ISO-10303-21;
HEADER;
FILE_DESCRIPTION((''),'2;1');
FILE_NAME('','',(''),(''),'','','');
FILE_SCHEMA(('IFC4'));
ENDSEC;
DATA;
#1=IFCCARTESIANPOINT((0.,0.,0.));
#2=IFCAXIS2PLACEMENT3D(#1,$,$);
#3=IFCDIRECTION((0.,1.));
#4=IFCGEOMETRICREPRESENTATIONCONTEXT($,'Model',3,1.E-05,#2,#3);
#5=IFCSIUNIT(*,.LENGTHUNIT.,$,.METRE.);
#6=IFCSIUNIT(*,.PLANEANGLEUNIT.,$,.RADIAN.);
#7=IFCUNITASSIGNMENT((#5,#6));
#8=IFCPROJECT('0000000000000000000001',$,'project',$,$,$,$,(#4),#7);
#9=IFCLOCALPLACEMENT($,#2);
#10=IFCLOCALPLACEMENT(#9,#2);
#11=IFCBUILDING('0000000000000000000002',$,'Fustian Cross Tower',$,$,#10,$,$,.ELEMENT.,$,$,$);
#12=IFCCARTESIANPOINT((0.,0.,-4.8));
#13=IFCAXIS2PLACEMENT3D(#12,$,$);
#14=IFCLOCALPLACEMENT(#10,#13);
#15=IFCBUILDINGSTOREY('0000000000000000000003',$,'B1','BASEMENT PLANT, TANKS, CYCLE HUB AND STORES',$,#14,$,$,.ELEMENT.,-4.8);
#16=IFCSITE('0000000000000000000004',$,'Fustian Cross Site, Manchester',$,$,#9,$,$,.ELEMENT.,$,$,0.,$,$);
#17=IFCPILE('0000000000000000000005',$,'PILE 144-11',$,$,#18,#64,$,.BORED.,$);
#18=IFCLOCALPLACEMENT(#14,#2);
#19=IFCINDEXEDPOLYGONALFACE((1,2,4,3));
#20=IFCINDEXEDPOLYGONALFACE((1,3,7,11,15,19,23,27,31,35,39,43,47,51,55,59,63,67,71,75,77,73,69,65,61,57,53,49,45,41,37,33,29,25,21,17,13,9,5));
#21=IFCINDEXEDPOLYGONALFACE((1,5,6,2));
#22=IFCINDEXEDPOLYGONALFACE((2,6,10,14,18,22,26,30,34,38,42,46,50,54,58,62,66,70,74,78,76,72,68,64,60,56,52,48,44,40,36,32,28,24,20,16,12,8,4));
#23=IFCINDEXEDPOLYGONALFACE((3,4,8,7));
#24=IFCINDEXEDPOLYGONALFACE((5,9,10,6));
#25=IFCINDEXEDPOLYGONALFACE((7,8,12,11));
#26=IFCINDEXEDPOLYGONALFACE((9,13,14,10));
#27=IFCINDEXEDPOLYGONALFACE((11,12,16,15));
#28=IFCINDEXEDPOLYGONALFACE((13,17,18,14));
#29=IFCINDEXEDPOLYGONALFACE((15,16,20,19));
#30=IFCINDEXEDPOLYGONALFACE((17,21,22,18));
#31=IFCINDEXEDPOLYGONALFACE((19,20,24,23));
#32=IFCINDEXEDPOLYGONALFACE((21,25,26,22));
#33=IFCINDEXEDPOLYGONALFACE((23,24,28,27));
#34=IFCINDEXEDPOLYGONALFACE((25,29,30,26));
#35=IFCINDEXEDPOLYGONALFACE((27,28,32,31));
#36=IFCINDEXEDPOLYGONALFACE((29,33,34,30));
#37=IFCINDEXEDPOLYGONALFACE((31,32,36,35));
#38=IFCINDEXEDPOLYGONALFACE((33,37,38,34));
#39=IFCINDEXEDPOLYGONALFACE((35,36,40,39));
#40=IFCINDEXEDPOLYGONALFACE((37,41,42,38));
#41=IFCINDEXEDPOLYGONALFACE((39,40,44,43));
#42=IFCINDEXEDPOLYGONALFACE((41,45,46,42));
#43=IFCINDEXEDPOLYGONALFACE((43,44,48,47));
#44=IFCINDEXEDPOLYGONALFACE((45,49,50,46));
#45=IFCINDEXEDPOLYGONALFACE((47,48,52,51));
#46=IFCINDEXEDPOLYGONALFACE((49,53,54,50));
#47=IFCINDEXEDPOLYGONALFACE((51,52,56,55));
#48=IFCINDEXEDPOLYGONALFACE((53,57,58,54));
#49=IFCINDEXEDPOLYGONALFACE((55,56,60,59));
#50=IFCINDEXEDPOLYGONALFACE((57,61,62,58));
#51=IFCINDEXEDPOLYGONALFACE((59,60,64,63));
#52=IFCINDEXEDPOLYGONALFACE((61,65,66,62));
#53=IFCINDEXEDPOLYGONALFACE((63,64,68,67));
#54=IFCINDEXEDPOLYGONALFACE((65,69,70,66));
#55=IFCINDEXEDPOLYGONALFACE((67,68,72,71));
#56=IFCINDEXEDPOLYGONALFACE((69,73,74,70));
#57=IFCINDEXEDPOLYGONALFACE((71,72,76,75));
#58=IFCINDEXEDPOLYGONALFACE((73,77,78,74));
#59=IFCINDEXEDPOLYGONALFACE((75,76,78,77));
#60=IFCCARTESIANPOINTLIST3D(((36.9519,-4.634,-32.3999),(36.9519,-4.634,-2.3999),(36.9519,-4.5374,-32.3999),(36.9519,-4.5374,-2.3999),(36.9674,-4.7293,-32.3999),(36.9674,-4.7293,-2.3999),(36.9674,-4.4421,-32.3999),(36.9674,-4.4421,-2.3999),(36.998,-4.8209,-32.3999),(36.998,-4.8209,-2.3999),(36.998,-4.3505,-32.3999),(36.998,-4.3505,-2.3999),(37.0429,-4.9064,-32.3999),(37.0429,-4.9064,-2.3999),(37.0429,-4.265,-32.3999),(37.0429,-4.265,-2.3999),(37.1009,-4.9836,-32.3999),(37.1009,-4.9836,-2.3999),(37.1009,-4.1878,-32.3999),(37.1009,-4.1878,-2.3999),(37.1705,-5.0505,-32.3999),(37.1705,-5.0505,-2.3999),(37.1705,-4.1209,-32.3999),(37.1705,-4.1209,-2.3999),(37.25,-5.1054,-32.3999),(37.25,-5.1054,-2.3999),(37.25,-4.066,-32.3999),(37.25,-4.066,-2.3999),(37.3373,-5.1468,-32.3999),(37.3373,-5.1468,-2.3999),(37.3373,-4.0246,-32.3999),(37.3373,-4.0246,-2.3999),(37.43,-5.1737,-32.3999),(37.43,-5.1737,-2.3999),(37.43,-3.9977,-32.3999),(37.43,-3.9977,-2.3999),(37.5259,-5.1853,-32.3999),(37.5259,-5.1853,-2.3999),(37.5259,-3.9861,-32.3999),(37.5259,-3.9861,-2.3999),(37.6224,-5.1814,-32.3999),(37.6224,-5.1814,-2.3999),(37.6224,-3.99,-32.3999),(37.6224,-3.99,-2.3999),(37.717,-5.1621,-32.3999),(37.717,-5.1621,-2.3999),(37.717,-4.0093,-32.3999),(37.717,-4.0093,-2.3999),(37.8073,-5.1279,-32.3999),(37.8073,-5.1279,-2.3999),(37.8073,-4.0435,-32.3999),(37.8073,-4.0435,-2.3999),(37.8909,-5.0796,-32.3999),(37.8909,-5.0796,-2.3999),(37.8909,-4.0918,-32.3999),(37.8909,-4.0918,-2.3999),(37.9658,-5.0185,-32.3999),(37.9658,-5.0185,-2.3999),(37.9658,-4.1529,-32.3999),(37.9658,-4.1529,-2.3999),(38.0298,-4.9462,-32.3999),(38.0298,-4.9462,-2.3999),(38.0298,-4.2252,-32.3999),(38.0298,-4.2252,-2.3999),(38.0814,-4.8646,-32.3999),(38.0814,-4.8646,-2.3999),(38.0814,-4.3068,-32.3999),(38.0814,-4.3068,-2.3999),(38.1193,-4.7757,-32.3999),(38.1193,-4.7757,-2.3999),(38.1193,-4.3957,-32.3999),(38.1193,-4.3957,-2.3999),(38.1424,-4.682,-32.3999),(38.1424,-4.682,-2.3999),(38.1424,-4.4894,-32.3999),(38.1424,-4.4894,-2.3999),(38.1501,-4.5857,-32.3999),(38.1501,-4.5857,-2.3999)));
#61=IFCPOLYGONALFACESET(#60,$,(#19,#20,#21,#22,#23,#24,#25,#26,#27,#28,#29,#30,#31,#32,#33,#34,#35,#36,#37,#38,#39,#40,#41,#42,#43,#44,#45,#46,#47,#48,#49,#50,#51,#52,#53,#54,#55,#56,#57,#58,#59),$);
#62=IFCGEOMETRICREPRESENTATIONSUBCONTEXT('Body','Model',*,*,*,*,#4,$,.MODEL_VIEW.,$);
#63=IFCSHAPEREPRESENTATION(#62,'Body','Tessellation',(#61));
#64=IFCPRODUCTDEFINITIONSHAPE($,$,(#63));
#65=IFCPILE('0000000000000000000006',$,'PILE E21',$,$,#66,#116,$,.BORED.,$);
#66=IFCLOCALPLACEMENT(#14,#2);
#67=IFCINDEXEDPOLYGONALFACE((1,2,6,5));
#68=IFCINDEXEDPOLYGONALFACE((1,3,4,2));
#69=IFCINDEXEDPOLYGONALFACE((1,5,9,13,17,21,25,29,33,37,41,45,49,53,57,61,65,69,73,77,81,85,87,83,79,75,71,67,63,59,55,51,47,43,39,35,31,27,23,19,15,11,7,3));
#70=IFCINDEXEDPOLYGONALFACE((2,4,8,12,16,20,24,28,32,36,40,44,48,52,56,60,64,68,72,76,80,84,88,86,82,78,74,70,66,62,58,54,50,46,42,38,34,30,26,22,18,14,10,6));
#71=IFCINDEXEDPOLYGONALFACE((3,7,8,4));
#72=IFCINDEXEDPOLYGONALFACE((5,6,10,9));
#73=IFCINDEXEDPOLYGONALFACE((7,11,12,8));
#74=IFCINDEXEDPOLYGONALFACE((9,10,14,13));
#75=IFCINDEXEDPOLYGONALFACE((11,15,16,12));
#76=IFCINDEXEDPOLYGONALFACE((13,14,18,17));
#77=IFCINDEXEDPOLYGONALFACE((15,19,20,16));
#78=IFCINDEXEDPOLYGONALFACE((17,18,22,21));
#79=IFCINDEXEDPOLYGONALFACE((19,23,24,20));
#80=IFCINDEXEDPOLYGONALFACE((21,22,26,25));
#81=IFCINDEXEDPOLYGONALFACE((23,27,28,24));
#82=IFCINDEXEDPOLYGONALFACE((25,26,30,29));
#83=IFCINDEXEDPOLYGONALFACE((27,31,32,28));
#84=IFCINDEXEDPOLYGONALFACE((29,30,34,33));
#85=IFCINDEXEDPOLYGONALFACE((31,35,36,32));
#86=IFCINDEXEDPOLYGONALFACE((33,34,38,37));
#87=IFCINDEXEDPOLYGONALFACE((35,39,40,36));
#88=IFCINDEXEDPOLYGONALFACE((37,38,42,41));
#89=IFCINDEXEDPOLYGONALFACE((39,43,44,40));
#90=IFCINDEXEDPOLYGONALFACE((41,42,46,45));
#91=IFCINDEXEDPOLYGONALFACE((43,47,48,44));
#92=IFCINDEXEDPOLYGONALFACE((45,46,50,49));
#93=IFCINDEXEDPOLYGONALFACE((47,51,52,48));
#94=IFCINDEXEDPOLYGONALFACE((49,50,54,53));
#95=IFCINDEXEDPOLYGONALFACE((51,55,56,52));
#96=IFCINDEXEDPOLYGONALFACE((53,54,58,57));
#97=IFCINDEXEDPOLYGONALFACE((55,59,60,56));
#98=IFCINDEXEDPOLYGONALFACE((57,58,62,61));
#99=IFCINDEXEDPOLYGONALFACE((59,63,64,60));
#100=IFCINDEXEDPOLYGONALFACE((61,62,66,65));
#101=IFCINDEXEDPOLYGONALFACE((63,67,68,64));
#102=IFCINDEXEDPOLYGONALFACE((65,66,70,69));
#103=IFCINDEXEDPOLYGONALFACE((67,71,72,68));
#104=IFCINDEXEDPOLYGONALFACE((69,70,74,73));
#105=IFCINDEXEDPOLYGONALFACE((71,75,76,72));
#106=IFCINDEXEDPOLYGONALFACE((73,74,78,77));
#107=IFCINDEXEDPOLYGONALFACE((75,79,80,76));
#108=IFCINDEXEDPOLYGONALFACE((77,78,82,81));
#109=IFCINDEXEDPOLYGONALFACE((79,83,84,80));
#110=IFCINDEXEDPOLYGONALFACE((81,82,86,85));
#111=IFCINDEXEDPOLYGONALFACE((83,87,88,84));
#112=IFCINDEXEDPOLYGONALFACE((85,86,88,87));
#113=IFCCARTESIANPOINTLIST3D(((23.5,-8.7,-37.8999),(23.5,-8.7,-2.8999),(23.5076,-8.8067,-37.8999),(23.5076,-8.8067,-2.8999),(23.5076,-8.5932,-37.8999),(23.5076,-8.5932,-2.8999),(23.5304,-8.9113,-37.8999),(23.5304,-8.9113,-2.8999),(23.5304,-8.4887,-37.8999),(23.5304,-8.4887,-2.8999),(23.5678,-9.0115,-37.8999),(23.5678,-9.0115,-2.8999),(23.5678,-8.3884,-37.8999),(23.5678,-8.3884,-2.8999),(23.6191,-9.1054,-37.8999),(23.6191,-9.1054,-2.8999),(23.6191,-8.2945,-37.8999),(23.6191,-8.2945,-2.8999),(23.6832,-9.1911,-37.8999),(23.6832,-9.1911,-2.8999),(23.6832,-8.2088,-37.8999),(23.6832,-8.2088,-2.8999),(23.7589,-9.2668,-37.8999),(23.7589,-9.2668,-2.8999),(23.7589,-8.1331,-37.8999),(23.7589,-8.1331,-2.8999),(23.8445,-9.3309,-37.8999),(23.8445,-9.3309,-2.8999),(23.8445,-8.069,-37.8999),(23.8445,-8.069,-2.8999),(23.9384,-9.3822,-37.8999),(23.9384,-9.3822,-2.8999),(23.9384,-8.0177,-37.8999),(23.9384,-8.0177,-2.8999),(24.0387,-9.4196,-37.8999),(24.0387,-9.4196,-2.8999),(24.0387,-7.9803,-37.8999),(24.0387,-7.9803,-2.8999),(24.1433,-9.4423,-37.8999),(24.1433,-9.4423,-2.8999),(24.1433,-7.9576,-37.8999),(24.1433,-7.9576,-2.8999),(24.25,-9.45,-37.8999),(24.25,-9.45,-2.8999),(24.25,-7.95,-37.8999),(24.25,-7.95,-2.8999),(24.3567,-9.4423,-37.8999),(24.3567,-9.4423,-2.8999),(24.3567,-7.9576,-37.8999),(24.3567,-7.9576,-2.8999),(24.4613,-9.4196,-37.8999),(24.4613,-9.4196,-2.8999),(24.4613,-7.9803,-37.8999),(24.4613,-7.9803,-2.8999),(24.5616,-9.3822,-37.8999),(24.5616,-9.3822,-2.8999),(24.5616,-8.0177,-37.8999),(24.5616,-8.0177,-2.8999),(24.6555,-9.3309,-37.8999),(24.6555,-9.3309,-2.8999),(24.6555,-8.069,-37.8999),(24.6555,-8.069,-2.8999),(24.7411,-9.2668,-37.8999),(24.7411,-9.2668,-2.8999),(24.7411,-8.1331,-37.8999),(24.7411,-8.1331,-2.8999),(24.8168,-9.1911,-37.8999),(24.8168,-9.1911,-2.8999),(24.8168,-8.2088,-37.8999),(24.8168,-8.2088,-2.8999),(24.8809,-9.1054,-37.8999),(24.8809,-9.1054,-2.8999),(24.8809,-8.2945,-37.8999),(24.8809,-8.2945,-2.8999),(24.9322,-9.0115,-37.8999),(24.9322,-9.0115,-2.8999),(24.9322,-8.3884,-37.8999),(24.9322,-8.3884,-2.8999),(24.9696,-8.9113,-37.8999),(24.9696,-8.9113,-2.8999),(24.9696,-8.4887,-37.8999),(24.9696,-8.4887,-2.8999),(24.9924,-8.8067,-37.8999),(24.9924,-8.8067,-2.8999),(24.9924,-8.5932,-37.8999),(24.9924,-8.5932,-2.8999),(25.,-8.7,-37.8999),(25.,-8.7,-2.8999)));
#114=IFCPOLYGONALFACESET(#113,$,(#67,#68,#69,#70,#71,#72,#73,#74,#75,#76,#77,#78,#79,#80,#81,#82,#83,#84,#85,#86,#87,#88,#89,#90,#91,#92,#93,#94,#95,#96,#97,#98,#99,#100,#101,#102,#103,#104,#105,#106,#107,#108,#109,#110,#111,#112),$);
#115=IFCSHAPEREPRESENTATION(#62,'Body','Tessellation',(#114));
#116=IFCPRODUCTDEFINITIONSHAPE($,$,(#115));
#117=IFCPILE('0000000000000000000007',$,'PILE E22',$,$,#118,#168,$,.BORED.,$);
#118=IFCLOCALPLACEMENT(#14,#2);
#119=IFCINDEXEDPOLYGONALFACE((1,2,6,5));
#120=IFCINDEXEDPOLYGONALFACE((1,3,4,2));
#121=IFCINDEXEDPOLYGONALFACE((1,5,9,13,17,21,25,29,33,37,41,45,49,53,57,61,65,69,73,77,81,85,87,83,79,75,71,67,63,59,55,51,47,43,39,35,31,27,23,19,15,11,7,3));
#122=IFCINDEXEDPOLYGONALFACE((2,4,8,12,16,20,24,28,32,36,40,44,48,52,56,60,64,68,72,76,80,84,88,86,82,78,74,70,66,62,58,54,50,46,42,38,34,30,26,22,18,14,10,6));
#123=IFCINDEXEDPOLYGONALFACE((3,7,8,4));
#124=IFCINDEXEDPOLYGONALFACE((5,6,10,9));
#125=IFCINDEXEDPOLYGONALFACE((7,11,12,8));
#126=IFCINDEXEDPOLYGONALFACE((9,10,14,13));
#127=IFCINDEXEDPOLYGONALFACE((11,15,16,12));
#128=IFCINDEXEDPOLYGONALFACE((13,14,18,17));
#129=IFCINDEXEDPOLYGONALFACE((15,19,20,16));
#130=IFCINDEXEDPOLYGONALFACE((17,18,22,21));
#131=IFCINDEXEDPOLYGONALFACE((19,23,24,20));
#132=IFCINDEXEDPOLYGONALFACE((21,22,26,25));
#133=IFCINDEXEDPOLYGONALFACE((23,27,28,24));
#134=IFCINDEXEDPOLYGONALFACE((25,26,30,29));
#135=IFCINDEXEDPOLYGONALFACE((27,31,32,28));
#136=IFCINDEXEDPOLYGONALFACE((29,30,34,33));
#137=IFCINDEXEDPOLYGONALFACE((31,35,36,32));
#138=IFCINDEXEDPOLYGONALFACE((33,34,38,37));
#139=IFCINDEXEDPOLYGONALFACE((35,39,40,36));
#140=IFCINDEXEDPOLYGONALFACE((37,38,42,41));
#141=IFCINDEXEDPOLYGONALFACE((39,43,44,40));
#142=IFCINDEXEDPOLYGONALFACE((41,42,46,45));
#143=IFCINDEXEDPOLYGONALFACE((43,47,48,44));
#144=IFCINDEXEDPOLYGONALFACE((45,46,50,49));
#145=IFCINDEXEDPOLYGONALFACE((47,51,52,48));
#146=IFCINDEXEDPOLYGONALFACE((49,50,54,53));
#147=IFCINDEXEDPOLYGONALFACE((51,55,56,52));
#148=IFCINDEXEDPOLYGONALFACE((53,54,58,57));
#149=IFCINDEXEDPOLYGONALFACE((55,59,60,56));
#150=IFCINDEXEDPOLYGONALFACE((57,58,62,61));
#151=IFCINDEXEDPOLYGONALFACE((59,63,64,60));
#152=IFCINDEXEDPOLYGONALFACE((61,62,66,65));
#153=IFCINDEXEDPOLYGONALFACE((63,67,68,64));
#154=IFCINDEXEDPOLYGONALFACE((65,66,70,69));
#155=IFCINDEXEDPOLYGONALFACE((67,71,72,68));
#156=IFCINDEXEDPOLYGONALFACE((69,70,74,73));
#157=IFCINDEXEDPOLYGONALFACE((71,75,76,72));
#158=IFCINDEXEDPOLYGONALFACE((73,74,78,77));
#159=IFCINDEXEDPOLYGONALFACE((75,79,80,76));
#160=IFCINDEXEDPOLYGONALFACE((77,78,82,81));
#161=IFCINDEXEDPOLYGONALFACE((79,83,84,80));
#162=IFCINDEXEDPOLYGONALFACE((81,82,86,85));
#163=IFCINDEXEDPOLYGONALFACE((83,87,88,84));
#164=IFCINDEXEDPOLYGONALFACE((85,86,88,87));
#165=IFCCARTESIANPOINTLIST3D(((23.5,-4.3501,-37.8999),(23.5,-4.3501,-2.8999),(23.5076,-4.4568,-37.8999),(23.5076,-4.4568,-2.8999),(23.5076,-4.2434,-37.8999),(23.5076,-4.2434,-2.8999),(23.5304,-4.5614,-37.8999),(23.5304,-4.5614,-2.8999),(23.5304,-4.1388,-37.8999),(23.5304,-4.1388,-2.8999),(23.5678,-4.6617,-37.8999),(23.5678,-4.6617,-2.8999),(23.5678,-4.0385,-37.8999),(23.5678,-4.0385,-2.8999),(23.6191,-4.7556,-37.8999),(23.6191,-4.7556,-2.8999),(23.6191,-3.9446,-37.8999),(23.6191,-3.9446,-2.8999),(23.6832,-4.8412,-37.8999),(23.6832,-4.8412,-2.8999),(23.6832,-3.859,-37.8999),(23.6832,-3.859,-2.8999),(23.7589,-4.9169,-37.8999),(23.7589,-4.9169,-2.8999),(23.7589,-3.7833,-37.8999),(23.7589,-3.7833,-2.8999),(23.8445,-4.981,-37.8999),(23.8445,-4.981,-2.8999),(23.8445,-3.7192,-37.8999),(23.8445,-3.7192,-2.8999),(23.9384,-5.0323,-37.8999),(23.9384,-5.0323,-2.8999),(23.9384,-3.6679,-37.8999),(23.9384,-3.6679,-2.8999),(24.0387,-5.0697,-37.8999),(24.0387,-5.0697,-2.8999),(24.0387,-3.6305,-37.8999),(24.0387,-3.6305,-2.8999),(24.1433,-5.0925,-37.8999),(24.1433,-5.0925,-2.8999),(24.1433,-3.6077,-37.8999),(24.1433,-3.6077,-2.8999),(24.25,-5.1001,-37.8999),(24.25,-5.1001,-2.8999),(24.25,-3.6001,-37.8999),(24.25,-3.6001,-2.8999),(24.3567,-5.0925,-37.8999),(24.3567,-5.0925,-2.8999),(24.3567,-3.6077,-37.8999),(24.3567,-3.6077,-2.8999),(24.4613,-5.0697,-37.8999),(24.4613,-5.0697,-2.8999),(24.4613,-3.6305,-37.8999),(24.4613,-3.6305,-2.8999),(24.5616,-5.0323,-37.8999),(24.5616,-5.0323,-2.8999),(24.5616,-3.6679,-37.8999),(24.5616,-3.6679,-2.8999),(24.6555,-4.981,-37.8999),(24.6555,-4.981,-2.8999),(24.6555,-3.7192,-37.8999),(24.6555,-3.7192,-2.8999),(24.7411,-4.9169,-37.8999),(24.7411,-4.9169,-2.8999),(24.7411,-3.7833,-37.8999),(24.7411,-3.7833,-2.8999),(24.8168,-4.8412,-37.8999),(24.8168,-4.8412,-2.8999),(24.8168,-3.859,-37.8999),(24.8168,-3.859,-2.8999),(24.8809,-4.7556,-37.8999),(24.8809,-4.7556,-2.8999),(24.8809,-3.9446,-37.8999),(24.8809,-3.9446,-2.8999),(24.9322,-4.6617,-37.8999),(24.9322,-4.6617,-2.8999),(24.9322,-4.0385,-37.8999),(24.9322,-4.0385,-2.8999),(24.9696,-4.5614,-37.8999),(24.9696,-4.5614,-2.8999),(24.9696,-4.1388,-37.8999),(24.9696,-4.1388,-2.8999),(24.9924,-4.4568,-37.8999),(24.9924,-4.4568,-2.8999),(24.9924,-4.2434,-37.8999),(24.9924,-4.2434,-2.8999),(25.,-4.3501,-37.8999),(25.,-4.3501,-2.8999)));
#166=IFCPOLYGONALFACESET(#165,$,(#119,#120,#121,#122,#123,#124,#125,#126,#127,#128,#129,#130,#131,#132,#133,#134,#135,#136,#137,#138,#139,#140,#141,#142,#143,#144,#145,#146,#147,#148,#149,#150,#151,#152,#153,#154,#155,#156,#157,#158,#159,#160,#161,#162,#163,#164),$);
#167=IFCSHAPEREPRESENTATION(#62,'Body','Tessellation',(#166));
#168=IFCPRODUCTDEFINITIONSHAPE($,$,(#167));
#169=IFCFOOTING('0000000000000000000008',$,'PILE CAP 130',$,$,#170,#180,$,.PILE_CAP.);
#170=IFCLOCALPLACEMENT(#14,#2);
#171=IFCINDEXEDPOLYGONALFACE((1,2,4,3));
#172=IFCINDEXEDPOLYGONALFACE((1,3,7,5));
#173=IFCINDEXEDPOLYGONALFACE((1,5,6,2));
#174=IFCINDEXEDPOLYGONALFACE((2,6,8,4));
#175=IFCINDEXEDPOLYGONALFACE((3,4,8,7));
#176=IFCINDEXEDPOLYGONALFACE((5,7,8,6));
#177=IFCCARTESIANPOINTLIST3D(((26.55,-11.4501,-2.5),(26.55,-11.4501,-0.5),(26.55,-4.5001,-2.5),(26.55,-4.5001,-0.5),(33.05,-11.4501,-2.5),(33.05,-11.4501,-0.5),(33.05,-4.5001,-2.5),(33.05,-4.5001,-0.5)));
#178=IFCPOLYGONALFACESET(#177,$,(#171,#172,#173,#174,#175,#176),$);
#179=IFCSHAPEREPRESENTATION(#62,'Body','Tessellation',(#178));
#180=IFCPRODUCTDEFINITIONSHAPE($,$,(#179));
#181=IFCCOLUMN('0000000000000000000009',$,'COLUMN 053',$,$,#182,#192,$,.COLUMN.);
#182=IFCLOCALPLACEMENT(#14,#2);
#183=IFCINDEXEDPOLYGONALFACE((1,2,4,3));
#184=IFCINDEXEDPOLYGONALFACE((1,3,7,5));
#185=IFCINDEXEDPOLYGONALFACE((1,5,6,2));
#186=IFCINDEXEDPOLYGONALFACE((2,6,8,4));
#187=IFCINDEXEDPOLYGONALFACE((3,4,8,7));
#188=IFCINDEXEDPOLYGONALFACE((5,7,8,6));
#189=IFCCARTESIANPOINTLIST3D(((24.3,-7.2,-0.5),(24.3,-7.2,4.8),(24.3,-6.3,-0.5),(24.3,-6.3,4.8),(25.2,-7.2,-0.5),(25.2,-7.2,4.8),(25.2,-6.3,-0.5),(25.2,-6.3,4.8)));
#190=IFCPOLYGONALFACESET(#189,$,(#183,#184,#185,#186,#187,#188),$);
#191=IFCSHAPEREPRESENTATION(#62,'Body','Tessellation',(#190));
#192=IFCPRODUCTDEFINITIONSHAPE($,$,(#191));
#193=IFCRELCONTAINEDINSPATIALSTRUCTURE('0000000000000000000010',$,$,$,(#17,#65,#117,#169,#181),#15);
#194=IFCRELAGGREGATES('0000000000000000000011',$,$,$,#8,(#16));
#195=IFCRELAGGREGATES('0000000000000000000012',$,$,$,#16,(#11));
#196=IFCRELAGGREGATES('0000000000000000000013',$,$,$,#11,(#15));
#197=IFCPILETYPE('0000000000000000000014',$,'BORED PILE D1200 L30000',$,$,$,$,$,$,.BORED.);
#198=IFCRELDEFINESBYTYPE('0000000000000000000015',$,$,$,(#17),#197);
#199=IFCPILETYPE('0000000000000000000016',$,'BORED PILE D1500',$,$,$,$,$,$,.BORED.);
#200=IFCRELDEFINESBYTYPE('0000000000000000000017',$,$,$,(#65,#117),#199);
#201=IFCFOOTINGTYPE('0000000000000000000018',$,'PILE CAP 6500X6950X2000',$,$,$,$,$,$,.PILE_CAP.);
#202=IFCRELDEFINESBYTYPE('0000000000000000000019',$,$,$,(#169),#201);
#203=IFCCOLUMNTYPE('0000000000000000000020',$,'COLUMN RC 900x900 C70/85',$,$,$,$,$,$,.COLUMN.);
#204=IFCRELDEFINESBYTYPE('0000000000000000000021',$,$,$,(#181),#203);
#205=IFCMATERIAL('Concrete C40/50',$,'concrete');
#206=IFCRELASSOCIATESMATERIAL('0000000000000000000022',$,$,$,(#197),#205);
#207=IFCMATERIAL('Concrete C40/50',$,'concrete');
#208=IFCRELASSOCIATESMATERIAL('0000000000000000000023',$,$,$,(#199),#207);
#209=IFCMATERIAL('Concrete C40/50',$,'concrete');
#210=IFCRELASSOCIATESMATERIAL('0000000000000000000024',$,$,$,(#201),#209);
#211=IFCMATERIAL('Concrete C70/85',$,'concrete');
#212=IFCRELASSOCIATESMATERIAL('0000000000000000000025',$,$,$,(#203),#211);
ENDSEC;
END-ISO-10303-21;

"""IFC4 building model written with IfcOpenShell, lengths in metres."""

from ifc_helpers import new_model, si_unit, direction, frame, origin, origin_2d, place, context, subcontext, project, spatial, rectangle, circle, extrude, material, material_profile, profile_set, type_object, element, save


model = new_model("IFC4")

# Units and contexts
model_context = context("Model", 3, precision=1e-05, world=origin(), true_north=direction((0.0, 1.0)))
body_context = subcontext(model_context, "Body", "Model", "MODEL_VIEW")
ifc_project = project(units=[si_unit("LENGTHUNIT", "METRE"), si_unit("PLANEANGLEUNIT", "RADIAN")], contexts=[model_context])

# Site, building, storey
site_placement = place(None, origin())
site = spatial("IfcSite", under=ifc_project, at=site_placement, Name="Fustian Cross Site, Manchester", CompositionType="ELEMENT", RefElevation=0.0)
building_placement = place(site_placement, origin())
building = spatial("IfcBuilding", under=site, at=building_placement, Name="Fustian Cross Tower", CompositionType="ELEMENT")
storey_placement = place(building_placement, frame((0.0, 0.0, -4.8)))
storey = spatial("IfcBuildingStorey", under=building, at=storey_placement, Name="B1", Description="BASEMENT PLANT, TANKS, CYCLE HUB AND STORES", CompositionType="ELEMENT", Elevation=-4.8)

# Piles
ifc_material_1 = material(Name="Concrete C40/50", Category="concrete")
ifc_material_profile_1 = material_profile(ifc_material_1, circle(Radius=0.6001, at=origin_2d()), Name="BORED PILE D1200 L30000")
ifc_profile_set_1 = profile_set([ifc_material_profile_1], Name="Concrete C40/50")
pile_type_1 = type_object("IfcPileType", Name="BORED PILE D1200 L30000", PredefinedType="BORED", material=ifc_profile_set_1)
for number, where, z_axis, x_axis, name in (
    (1, (37.55, -4.5857, -2.3999), (0.0, 0.0, -1.0), (1.0, 0.0, 0.0), "PILE 144-11"),
):
    element("IfcPile", number, at=place(storey_placement, frame(where, z_axis=z_axis, x_axis=x_axis)), inside=storey, type_object=pile_type_1, Name=name, PredefinedType="BORED", context=body_context, shape_type="SweptSolid", body=[
        extrude(circle(Radius=0.6001, at=origin_2d()), origin(), (0.0, 0.0, 1.0), 30.0),
    ])
ifc_material_2 = material(Name="Concrete C40/50", Category="concrete")
ifc_material_profile_2 = material_profile(ifc_material_2, circle(Radius=0.75, at=origin_2d()), Name="BORED PILE D1500")
ifc_profile_set_2 = profile_set([ifc_material_profile_2], Name="Concrete C40/50")
pile_type_2 = type_object("IfcPileType", Name="BORED PILE D1500", PredefinedType="BORED", material=ifc_profile_set_2)
for number, where, z_axis, x_axis, name in (
    (2, (24.25, -8.7, -2.8999), (0.0, 0.0, -1.0), (1.0, 0.0, 0.0), "PILE E21"),
    (3, (24.25, -4.3501, -2.8999), (0.0, 0.0, -1.0), (1.0, 0.0, 0.0), "PILE E22"),
):
    element("IfcPile", number, at=place(storey_placement, frame(where, z_axis=z_axis, x_axis=x_axis)), inside=storey, type_object=pile_type_2, Name=name, PredefinedType="BORED", context=body_context, shape_type="SweptSolid", body=[
        extrude(circle(Radius=0.75, at=origin_2d()), origin(), (0.0, 0.0, 1.0), 35.0),
    ])

# Footing
ifc_material_3 = material(Name="Concrete C40/50", Category="concrete")
footing_type = type_object("IfcFootingType", Name="PILE CAP 6500X6950X2000", PredefinedType="PILE_CAP", material=ifc_material_3)
footing_placement = place(storey_placement, frame((29.8, -7.9751, -2.5), z_axis=(0.0, 0.0, 1.0), x_axis=(1.0, 0.0, 0.0)))
element("IfcFooting", 4, at=footing_placement, inside=storey, type_object=footing_type, Name="PILE CAP 130", PredefinedType="PILE_CAP", context=body_context, shape_type="SweptSolid", body=[
    extrude(rectangle(XDim=6.5, YDim=6.95, at=origin_2d()), origin(), (0.0, 0.0, 1.0), 2.0),
])

# Column
ifc_material_4 = material(Name="Concrete C70/85", Category="concrete")
ifc_material_profile_3 = material_profile(ifc_material_4, rectangle(XDim=0.8999, YDim=0.8999, at=origin_2d()), Name="RC 900x900")
ifc_profile_set_3 = profile_set([ifc_material_profile_3], Name="Concrete C70/85")
column_type = type_object("IfcColumnType", Name="COLUMN RC 900x900 C70/85", PredefinedType="COLUMN", material=ifc_profile_set_3)
for number, where, z_axis, x_axis, name in (
    (5, (24.75, -6.75, -0.5), (0.0, 0.0, 1.0), (1.0, 0.0, 0.0), "COLUMN 053"),
):
    element("IfcColumn", number, at=place(storey_placement, frame(where, z_axis=z_axis, x_axis=x_axis)), inside=storey, type_object=column_type, Name=name, PredefinedType="COLUMN", context=body_context, shape_type="SweptSolid", body=[
        extrude(rectangle(XDim=0.8999, YDim=0.8999, at=origin_2d()), origin(), (0.0, 0.0, 1.0), 5.3),
    ])

save(model, "model.ifc")
